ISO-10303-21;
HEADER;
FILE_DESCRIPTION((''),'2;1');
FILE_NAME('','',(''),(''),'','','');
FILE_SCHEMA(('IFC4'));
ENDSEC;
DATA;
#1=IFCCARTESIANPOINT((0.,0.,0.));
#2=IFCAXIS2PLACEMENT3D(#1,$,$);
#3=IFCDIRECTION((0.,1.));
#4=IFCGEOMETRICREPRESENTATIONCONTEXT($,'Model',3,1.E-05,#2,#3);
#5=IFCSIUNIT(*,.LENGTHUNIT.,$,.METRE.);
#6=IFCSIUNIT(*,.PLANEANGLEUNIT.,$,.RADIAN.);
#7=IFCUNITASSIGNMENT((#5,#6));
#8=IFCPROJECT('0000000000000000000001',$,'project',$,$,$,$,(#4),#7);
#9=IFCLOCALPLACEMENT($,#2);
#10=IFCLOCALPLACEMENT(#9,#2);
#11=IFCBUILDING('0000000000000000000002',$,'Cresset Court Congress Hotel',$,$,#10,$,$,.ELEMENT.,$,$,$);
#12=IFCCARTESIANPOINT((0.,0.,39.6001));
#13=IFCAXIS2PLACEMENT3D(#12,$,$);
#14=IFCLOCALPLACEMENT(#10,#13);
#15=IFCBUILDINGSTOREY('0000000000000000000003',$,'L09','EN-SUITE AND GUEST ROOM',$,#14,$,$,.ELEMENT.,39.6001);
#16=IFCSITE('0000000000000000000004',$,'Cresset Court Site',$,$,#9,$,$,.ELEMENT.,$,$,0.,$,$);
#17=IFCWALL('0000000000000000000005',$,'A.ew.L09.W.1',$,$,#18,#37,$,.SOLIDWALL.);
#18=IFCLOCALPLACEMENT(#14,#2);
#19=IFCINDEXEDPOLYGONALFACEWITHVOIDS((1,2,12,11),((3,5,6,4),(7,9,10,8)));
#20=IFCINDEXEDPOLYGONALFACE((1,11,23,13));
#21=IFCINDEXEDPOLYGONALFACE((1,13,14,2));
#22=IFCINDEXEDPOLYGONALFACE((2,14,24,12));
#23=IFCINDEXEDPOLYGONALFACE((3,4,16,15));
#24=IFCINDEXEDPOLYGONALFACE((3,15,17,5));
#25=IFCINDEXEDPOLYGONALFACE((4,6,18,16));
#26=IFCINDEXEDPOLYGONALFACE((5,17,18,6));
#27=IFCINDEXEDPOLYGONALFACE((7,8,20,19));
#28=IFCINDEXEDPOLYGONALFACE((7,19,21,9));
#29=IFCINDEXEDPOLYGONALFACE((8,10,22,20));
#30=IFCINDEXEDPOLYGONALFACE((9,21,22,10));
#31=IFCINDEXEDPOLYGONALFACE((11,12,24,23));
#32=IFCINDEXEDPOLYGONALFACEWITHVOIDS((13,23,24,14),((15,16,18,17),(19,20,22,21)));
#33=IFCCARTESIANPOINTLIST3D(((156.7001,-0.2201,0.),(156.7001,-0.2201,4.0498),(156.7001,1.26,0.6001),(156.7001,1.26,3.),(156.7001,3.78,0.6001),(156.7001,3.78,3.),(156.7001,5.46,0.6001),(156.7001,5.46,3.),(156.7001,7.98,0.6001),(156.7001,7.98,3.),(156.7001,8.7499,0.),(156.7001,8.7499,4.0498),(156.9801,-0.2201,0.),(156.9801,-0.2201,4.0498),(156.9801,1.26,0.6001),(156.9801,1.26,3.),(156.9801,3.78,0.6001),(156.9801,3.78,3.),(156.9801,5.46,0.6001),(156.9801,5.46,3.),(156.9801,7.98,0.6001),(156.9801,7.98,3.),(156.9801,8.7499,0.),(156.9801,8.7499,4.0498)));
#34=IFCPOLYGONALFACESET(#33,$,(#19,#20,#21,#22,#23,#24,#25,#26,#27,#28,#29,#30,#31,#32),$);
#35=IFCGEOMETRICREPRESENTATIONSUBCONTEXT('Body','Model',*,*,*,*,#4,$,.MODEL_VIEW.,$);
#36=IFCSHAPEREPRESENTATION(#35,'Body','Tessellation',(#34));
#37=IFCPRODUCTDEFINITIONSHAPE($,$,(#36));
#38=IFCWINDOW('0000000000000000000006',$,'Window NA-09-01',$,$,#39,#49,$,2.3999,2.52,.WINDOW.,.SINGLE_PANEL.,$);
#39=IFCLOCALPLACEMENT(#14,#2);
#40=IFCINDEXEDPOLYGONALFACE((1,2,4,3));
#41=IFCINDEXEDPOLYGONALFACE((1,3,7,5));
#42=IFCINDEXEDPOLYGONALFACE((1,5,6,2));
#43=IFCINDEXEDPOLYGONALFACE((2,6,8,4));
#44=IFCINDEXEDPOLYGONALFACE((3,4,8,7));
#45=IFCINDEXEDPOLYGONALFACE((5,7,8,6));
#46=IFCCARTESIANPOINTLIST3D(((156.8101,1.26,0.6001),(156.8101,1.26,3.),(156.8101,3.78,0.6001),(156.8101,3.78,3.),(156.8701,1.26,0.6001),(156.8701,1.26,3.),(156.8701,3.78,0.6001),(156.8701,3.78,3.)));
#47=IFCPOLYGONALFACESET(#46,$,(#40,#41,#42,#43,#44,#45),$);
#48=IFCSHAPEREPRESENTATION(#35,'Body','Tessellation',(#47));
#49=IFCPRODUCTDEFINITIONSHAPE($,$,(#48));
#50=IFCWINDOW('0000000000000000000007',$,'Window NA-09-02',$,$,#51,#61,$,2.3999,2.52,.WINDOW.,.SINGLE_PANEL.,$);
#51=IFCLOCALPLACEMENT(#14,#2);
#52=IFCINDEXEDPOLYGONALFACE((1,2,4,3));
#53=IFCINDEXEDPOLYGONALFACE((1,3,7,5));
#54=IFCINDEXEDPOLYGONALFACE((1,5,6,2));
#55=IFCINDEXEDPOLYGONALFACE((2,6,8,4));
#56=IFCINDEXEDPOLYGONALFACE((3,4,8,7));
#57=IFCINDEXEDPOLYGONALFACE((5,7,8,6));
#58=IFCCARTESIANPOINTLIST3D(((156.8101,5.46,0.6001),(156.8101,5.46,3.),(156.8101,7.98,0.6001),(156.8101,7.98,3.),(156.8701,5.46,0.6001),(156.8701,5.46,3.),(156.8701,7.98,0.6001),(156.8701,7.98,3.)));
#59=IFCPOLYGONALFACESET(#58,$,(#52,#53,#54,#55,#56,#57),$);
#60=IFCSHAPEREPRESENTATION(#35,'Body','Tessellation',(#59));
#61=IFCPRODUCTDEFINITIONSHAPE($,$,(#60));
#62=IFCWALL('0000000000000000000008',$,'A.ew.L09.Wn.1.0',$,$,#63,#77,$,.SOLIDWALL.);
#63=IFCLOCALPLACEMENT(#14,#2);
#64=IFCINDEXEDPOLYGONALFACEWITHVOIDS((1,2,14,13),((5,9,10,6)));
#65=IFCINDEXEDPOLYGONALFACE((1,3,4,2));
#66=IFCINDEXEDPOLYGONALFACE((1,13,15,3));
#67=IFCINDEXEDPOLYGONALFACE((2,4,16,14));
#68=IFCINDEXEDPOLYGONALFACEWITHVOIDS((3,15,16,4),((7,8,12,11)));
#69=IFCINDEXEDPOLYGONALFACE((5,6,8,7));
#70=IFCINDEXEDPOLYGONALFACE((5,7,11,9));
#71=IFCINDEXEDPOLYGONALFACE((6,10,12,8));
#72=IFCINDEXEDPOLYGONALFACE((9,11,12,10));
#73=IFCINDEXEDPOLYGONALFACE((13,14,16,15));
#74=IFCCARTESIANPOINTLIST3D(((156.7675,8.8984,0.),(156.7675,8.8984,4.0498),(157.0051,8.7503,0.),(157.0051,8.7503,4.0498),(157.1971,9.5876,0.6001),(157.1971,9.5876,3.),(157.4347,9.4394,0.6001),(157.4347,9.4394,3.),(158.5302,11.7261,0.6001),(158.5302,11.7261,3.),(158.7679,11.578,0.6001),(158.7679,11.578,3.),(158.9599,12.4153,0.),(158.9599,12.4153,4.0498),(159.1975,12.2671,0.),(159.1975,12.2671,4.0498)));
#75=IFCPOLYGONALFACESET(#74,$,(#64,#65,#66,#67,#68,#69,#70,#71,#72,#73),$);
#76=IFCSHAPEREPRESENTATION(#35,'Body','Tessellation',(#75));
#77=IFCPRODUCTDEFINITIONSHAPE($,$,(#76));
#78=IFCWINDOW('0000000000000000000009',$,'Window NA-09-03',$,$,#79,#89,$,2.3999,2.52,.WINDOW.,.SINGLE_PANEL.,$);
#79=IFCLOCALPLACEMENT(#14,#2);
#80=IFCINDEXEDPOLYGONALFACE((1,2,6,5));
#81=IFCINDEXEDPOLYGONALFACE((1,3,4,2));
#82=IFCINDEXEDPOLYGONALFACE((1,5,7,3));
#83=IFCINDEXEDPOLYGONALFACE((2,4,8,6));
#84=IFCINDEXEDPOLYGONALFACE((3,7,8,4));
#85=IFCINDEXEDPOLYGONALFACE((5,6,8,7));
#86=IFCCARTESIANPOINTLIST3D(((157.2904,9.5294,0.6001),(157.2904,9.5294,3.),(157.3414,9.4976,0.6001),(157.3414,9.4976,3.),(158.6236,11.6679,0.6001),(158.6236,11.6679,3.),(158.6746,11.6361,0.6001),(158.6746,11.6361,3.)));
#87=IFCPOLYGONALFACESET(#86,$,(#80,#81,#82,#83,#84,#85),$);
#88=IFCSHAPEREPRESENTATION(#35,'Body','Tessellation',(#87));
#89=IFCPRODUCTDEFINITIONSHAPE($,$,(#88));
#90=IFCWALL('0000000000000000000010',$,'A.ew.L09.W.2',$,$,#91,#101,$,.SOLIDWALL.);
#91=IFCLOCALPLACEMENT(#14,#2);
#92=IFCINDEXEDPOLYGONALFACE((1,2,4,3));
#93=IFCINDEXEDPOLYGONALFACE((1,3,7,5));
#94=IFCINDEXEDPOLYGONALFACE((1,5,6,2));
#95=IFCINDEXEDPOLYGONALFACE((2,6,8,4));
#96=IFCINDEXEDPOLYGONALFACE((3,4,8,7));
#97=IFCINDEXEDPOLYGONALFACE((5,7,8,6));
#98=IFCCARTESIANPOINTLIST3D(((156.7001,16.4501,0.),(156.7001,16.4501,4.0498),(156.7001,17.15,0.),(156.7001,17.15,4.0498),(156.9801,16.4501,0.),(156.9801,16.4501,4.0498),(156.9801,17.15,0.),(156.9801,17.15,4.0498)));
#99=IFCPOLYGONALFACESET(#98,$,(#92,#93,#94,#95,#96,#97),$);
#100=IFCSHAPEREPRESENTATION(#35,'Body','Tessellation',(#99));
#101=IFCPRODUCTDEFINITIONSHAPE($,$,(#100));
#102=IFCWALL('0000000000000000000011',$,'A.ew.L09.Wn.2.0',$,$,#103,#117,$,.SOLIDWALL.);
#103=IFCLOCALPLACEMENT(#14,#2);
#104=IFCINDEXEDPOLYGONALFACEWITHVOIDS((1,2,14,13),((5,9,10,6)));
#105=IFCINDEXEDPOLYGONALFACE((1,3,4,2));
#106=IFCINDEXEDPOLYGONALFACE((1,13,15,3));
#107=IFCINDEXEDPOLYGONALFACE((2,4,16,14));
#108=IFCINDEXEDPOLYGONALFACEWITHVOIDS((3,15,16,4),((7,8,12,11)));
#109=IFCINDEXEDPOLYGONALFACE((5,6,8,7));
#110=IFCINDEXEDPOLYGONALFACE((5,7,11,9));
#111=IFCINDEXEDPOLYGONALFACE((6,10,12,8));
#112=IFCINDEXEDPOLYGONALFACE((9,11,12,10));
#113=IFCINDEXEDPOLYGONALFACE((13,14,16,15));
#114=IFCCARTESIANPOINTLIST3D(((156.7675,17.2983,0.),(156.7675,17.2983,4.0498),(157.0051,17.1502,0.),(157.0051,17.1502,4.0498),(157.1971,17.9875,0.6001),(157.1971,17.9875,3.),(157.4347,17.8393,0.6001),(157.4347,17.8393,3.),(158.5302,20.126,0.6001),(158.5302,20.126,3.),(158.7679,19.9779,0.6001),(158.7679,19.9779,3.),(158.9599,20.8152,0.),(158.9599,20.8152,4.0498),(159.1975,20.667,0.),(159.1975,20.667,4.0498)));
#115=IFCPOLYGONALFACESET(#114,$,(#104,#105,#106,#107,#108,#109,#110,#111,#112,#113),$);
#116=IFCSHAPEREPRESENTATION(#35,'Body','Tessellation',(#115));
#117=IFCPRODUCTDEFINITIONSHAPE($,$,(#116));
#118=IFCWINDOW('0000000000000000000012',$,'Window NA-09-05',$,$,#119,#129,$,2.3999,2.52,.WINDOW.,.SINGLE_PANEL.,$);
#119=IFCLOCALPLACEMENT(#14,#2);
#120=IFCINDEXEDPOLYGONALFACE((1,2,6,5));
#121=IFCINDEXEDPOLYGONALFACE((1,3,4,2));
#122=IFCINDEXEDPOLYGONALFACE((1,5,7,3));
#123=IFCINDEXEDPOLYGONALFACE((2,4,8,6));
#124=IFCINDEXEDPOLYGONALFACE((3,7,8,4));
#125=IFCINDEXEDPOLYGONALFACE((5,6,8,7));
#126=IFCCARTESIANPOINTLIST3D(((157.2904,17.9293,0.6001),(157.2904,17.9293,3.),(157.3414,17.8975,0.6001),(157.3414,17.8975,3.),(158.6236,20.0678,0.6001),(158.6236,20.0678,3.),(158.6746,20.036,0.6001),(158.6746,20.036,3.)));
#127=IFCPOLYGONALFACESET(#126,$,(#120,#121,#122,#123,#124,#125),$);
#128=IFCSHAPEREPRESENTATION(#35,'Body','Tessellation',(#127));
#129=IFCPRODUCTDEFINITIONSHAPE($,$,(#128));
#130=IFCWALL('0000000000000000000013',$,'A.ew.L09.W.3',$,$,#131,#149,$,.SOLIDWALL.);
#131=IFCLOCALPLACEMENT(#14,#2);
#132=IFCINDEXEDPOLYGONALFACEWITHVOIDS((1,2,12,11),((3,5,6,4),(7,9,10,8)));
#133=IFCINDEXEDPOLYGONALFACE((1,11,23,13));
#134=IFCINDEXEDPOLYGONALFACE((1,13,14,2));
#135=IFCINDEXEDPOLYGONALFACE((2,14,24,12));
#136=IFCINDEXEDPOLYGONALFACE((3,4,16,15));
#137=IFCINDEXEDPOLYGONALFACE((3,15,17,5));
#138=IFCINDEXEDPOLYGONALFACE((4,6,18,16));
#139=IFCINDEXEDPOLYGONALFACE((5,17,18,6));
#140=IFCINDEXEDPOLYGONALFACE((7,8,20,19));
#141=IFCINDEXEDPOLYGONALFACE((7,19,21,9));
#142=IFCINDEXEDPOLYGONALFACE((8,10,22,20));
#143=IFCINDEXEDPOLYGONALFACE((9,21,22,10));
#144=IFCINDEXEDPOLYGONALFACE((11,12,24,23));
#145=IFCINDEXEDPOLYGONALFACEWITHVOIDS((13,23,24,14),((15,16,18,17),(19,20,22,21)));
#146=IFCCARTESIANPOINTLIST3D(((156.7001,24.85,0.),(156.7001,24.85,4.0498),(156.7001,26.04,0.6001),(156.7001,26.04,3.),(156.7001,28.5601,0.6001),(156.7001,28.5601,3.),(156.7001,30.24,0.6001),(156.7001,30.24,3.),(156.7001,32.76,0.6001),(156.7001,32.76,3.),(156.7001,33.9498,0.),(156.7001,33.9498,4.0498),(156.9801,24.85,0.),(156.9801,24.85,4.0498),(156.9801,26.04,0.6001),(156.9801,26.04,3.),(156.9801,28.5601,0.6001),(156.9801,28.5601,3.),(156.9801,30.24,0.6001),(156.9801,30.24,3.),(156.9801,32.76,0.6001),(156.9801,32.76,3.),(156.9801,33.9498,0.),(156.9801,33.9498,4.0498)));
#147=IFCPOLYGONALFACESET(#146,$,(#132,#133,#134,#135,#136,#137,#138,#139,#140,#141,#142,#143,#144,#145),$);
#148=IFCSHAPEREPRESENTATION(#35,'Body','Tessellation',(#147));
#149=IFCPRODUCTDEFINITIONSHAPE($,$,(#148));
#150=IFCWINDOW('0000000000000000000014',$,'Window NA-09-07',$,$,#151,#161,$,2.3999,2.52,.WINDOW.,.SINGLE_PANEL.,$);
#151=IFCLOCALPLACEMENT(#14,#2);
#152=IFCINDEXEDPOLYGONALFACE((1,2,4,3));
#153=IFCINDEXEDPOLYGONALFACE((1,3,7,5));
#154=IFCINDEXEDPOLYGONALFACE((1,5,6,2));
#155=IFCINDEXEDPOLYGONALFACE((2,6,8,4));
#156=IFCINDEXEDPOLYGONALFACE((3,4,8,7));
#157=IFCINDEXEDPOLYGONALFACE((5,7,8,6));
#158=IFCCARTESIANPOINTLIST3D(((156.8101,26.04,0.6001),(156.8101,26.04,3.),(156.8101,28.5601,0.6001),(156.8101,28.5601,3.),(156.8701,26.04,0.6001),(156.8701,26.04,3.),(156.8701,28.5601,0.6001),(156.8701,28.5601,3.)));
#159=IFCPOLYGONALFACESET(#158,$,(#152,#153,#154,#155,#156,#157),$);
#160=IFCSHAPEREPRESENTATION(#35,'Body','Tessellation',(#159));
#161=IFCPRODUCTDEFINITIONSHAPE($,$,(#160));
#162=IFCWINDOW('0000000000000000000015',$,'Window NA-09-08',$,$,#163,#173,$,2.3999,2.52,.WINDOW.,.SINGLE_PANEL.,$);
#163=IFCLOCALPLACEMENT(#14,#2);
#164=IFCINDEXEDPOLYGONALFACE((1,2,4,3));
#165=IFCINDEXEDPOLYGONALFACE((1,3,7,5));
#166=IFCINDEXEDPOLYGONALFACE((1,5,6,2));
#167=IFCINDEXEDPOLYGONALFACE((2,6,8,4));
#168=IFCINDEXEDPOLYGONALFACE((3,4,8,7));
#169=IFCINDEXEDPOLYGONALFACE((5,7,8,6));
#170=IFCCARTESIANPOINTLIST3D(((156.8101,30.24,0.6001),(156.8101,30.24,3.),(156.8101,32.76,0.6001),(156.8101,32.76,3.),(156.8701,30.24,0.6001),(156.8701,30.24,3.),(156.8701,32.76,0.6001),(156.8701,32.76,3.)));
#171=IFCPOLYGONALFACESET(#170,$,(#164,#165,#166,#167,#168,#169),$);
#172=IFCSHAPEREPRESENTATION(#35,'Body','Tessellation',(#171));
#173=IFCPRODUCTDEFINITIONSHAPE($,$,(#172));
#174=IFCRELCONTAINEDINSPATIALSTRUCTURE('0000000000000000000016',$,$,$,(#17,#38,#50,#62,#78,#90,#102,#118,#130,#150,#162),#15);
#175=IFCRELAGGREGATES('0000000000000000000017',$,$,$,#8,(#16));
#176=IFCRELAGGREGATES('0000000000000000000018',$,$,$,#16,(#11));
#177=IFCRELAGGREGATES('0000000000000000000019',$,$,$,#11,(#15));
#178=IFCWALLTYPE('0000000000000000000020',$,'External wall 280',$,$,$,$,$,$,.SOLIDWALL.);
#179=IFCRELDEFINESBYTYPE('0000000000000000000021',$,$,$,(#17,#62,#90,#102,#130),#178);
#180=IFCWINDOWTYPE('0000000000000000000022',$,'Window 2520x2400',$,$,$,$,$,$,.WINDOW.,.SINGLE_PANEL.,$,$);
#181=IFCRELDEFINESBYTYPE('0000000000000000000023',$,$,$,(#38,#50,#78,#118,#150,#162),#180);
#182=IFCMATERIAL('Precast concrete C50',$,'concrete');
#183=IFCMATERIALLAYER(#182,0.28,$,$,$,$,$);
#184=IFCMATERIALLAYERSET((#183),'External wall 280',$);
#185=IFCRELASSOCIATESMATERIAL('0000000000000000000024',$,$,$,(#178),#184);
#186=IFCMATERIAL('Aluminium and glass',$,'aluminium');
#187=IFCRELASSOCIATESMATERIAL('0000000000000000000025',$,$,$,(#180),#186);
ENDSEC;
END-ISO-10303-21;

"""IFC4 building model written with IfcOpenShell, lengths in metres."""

from ifc_helpers import new_model, si_unit, direction, frame, frame_2d, origin, place, context, subcontext, project, spatial, rectangle, extrude, material, layer, layer_set, type_object, element, fill, save


model = new_model("IFC4")

# Units and contexts
model_context = context("Model", 3, precision=1e-05, world=origin(), true_north=direction((0.0, 1.0)))
body_context = subcontext(model_context, "Body", "Model", "MODEL_VIEW")
ifc_project = project(units=[si_unit("LENGTHUNIT", "METRE"), si_unit("PLANEANGLEUNIT", "RADIAN")], contexts=[model_context])

# Site, building, storey
site_placement = place(None, origin())
site = spatial("IfcSite", under=ifc_project, at=site_placement, Name="Cresset Court Site", CompositionType="ELEMENT", RefElevation=0.0)
building_placement = place(site_placement, origin())
building = spatial("IfcBuilding", under=site, at=building_placement, Name="Cresset Court Congress Hotel", CompositionType="ELEMENT")
storey_placement = place(building_placement, frame((0.0, 0.0, 39.6001)))
storey = spatial("IfcBuildingStorey", under=building, at=storey_placement, Name="L09", Description="EN-SUITE AND GUEST ROOM", CompositionType="ELEMENT", Elevation=39.6001)

# Wall, openings, windows
ifc_material_1 = material(Name="Precast concrete C50", Category="concrete")
ifc_layer_1 = layer(ifc_material_1, 0.28)
ifc_layer_set_1 = layer_set([ifc_layer_1], Name="External wall 280")
wall_type_1 = type_object("IfcWallType", Name="External wall 280", PredefinedType="SOLIDWALL", material=ifc_layer_set_1)
wall_1_placement = place(storey_placement, frame((156.8401, -0.22, 0.0), z_axis=(0.0, 0.0, 1.0), x_axis=(0.0, 1.0, 0.0)))
wall_1 = element("IfcWall", 1, at=wall_1_placement, inside=storey, type_object=wall_type_1, Name="A.ew.L09.W.1", PredefinedType="SOLIDWALL", context=body_context, shape_type="SweptSolid", body=[
    extrude(rectangle(XDim=8.97, YDim=0.28, at=frame_2d((4.4849, 0.0))), origin(), (0.0, 0.0, 1.0), 4.0498),
])
opening_1_placement = place(wall_1_placement, frame((1.48, 0.0, 0.6001)))
opening_1 = element("IfcOpeningElement", 2, at=opening_1_placement, cuts=wall_1, PredefinedType="OPENING", context=body_context, shape_type="SweptSolid", body=[
    extrude(rectangle(XDim=2.52, YDim=2.3999, at=frame_2d((1.26, 1.2))), frame((0.0, 0.1499, 0.0), z_axis=(0.0, -1.0, 0.0), x_axis=(1.0, 0.0, 0.0)), (0.0, 0.0, 1.0), 0.3),
])
opening_2_placement = place(wall_1_placement, frame((5.6799, 0.0, 0.6001)))
opening_2 = element("IfcOpeningElement", 3, at=opening_2_placement, cuts=wall_1, PredefinedType="OPENING", context=body_context, shape_type="SweptSolid", body=[
    extrude(rectangle(XDim=2.52, YDim=2.3999, at=frame_2d((1.26, 1.2))), frame((0.0, 0.1499, 0.0), z_axis=(0.0, -1.0, 0.0), x_axis=(1.0, 0.0, 0.0)), (0.0, 0.0, 1.0), 0.3),
])
ifc_material_2 = material(Name="Aluminium and glass", Category="aluminium")
window_type_1 = type_object("IfcWindowType", Name="Window 2520x2400", PartitioningType="SINGLE_PANEL", PredefinedType="WINDOW", material=ifc_material_2)
window_1_placement = place(opening_1_placement, origin())
window_1 = element("IfcWindow", 4, at=window_1_placement, inside=storey, type_object=window_type_1, Name="Window NA-09-01", OverallHeight=2.3999, OverallWidth=2.52, PartitioningType="SINGLE_PANEL", PredefinedType="WINDOW", context=body_context, shape_type="SweptSolid", body=[
    extrude(rectangle(XDim=2.52, YDim=2.3999, at=frame_2d((1.26, 1.2))), frame((0.0, 0.03, 0.0), z_axis=(0.0, -1.0, 0.0), x_axis=(1.0, 0.0, 0.0)), (0.0, 0.0, 1.0), 0.0601),
])
fill(opening_1, window_1)
window_2_placement = place(opening_2_placement, origin())
window_2 = element("IfcWindow", 5, at=window_2_placement, inside=storey, type_object=window_type_1, Name="Window NA-09-02", OverallHeight=2.3999, OverallWidth=2.52, PartitioningType="SINGLE_PANEL", PredefinedType="WINDOW", context=body_context, shape_type="SweptSolid", body=[
    extrude(rectangle(XDim=2.52, YDim=2.3999, at=frame_2d((1.26, 1.2))), frame((0.0, 0.03, 0.0), z_axis=(0.0, -1.0, 0.0), x_axis=(1.0, 0.0, 0.0)), (0.0, 0.0, 1.0), 0.0601),
])
fill(opening_2, window_2)

# Wall, opening, window
wall_2_placement = place(storey_placement, frame((156.8862, 8.8242, 0.0), z_axis=(0.0, 0.0, 1.0), x_axis=(0.529019, 0.84861, 0.0)))
wall_2 = element("IfcWall", 6, at=wall_2_placement, inside=storey, type_object=wall_type_1, Name="A.ew.L09.Wn.1.0", PredefinedType="SOLIDWALL", context=body_context, shape_type="SweptSolid", body=[
    extrude(rectangle(XDim=4.1443, YDim=0.28, at=frame_2d((2.0723, 0.0))), origin(), (0.0, 0.0, 1.0), 4.0498),
])
opening_3_placement = place(wall_2_placement, frame((0.8123, 0.0, 0.6001)))
opening_3 = element("IfcOpeningElement", 7, at=opening_3_placement, cuts=wall_2, PredefinedType="OPENING", context=body_context, shape_type="SweptSolid", body=[
    extrude(rectangle(XDim=2.52, YDim=2.3999, at=frame_2d((1.26, 1.2))), frame((0.0, 0.1499, 0.0), z_axis=(0.0, -1.0, 0.0), x_axis=(1.0, 0.0, 0.0)), (0.0, 0.0, 1.0), 0.3),
])
window_3_placement = place(opening_3_placement, origin())
window_3 = element("IfcWindow", 8, at=window_3_placement, inside=storey, type_object=window_type_1, Name="Window NA-09-03", OverallHeight=2.3999, OverallWidth=2.52, PartitioningType="SINGLE_PANEL", PredefinedType="WINDOW", context=body_context, shape_type="SweptSolid", body=[
    extrude(rectangle(XDim=2.52, YDim=2.3999, at=frame_2d((1.26, 1.2))), frame((0.0, 0.03, 0.0), z_axis=(0.0, -1.0, 0.0), x_axis=(1.0, 0.0, 0.0)), (0.0, 0.0, 1.0), 0.0601),
])
fill(opening_3, window_3)

# Wall
wall_3_placement = place(storey_placement, frame((156.8401, 16.45, 0.0), z_axis=(0.0, 0.0, 1.0), x_axis=(0.0, 1.0, 0.0)))
element("IfcWall", 9, at=wall_3_placement, inside=storey, type_object=wall_type_1, Name="A.ew.L09.W.2", PredefinedType="SOLIDWALL", context=body_context, shape_type="SweptSolid", body=[
    extrude(rectangle(XDim=0.7, YDim=0.28, at=frame_2d((0.3501, 0.0))), origin(), (0.0, 0.0, 1.0), 4.0498),
])

# Wall, opening, window
wall_4_placement = place(storey_placement, frame((156.8862, 17.2241, 0.0), z_axis=(0.0, 0.0, 1.0), x_axis=(0.529019, 0.84861, 0.0)))
wall_4 = element("IfcWall", 10, at=wall_4_placement, inside=storey, type_object=wall_type_1, Name="A.ew.L09.Wn.2.0", PredefinedType="SOLIDWALL", context=body_context, shape_type="SweptSolid", body=[
    extrude(rectangle(XDim=4.1443, YDim=0.28, at=frame_2d((2.0723, 0.0))), origin(), (0.0, 0.0, 1.0), 4.0498),
])
opening_4_placement = place(wall_4_placement, frame((0.8123, 0.0, 0.6001)))
opening_4 = element("IfcOpeningElement", 11, at=opening_4_placement, cuts=wall_4, PredefinedType="OPENING", context=body_context, shape_type="SweptSolid", body=[
    extrude(rectangle(XDim=2.52, YDim=2.3999, at=frame_2d((1.26, 1.2))), frame((0.0, 0.1499, 0.0), z_axis=(0.0, -1.0, 0.0), x_axis=(1.0, 0.0, 0.0)), (0.0, 0.0, 1.0), 0.3),
])
window_4_placement = place(opening_4_placement, origin())
window_4 = element("IfcWindow", 12, at=window_4_placement, inside=storey, type_object=window_type_1, Name="Window NA-09-05", OverallHeight=2.3999, OverallWidth=2.52, PartitioningType="SINGLE_PANEL", PredefinedType="WINDOW", context=body_context, shape_type="SweptSolid", body=[
    extrude(rectangle(XDim=2.52, YDim=2.3999, at=frame_2d((1.26, 1.2))), frame((0.0, 0.03, 0.0), z_axis=(0.0, -1.0, 0.0), x_axis=(1.0, 0.0, 0.0)), (0.0, 0.0, 1.0), 0.0601),
])
fill(opening_4, window_4)

# Wall, openings, windows
wall_5_placement = place(storey_placement, frame((156.8401, 24.8501, 0.0), z_axis=(0.0, 0.0, 1.0), x_axis=(0.0, 1.0, 0.0)))
wall_5 = element("IfcWall", 13, at=wall_5_placement, inside=storey, type_object=wall_type_1, Name="A.ew.L09.W.3", PredefinedType="SOLIDWALL", context=body_context, shape_type="SweptSolid", body=[
    extrude(rectangle(XDim=9.0999, YDim=0.28, at=frame_2d((4.5498, 0.0))), origin(), (0.0, 0.0, 1.0), 4.0498),
])
opening_5_placement = place(wall_5_placement, frame((1.1899, 0.0, 0.6001)))
opening_5 = element("IfcOpeningElement", 14, at=opening_5_placement, cuts=wall_5, PredefinedType="OPENING", context=body_context, shape_type="SweptSolid", body=[
    extrude(rectangle(XDim=2.52, YDim=2.3999, at=frame_2d((1.26, 1.2))), frame((0.0, 0.1499, 0.0), z_axis=(0.0, -1.0, 0.0), x_axis=(1.0, 0.0, 0.0)), (0.0, 0.0, 1.0), 0.3),
])
opening_6_placement = place(wall_5_placement, frame((5.3899, 0.0, 0.6001)))
opening_6 = element("IfcOpeningElement", 15, at=opening_6_placement, cuts=wall_5, PredefinedType="OPENING", context=body_context, shape_type="SweptSolid", body=[
    extrude(rectangle(XDim=2.52, YDim=2.3999, at=frame_2d((1.26, 1.2))), frame((0.0, 0.1499, 0.0), z_axis=(0.0, -1.0, 0.0), x_axis=(1.0, 0.0, 0.0)), (0.0, 0.0, 1.0), 0.3),
])
window_5_placement = place(opening_5_placement, origin())
window_5 = element("IfcWindow", 16, at=window_5_placement, inside=storey, type_object=window_type_1, Name="Window NA-09-07", OverallHeight=2.3999, OverallWidth=2.52, PartitioningType="SINGLE_PANEL", PredefinedType="WINDOW", context=body_context, shape_type="SweptSolid", body=[
    extrude(rectangle(XDim=2.52, YDim=2.3999, at=frame_2d((1.26, 1.2))), frame((0.0, 0.03, 0.0), z_axis=(0.0, -1.0, 0.0), x_axis=(1.0, 0.0, 0.0)), (0.0, 0.0, 1.0), 0.0601),
])
fill(opening_5, window_5)
window_6_placement = place(opening_6_placement, origin())
window_6 = element("IfcWindow", 17, at=window_6_placement, inside=storey, type_object=window_type_1, Name="Window NA-09-08", OverallHeight=2.3999, OverallWidth=2.52, PartitioningType="SINGLE_PANEL", PredefinedType="WINDOW", context=body_context, shape_type="SweptSolid", body=[
    extrude(rectangle(XDim=2.52, YDim=2.3999, at=frame_2d((1.26, 1.2))), frame((0.0, 0.03, 0.0), z_axis=(0.0, -1.0, 0.0), x_axis=(1.0, 0.0, 0.0)), (0.0, 0.0, 1.0), 0.0601),
])
fill(opening_6, window_6)

save(model, "model.ifc")
